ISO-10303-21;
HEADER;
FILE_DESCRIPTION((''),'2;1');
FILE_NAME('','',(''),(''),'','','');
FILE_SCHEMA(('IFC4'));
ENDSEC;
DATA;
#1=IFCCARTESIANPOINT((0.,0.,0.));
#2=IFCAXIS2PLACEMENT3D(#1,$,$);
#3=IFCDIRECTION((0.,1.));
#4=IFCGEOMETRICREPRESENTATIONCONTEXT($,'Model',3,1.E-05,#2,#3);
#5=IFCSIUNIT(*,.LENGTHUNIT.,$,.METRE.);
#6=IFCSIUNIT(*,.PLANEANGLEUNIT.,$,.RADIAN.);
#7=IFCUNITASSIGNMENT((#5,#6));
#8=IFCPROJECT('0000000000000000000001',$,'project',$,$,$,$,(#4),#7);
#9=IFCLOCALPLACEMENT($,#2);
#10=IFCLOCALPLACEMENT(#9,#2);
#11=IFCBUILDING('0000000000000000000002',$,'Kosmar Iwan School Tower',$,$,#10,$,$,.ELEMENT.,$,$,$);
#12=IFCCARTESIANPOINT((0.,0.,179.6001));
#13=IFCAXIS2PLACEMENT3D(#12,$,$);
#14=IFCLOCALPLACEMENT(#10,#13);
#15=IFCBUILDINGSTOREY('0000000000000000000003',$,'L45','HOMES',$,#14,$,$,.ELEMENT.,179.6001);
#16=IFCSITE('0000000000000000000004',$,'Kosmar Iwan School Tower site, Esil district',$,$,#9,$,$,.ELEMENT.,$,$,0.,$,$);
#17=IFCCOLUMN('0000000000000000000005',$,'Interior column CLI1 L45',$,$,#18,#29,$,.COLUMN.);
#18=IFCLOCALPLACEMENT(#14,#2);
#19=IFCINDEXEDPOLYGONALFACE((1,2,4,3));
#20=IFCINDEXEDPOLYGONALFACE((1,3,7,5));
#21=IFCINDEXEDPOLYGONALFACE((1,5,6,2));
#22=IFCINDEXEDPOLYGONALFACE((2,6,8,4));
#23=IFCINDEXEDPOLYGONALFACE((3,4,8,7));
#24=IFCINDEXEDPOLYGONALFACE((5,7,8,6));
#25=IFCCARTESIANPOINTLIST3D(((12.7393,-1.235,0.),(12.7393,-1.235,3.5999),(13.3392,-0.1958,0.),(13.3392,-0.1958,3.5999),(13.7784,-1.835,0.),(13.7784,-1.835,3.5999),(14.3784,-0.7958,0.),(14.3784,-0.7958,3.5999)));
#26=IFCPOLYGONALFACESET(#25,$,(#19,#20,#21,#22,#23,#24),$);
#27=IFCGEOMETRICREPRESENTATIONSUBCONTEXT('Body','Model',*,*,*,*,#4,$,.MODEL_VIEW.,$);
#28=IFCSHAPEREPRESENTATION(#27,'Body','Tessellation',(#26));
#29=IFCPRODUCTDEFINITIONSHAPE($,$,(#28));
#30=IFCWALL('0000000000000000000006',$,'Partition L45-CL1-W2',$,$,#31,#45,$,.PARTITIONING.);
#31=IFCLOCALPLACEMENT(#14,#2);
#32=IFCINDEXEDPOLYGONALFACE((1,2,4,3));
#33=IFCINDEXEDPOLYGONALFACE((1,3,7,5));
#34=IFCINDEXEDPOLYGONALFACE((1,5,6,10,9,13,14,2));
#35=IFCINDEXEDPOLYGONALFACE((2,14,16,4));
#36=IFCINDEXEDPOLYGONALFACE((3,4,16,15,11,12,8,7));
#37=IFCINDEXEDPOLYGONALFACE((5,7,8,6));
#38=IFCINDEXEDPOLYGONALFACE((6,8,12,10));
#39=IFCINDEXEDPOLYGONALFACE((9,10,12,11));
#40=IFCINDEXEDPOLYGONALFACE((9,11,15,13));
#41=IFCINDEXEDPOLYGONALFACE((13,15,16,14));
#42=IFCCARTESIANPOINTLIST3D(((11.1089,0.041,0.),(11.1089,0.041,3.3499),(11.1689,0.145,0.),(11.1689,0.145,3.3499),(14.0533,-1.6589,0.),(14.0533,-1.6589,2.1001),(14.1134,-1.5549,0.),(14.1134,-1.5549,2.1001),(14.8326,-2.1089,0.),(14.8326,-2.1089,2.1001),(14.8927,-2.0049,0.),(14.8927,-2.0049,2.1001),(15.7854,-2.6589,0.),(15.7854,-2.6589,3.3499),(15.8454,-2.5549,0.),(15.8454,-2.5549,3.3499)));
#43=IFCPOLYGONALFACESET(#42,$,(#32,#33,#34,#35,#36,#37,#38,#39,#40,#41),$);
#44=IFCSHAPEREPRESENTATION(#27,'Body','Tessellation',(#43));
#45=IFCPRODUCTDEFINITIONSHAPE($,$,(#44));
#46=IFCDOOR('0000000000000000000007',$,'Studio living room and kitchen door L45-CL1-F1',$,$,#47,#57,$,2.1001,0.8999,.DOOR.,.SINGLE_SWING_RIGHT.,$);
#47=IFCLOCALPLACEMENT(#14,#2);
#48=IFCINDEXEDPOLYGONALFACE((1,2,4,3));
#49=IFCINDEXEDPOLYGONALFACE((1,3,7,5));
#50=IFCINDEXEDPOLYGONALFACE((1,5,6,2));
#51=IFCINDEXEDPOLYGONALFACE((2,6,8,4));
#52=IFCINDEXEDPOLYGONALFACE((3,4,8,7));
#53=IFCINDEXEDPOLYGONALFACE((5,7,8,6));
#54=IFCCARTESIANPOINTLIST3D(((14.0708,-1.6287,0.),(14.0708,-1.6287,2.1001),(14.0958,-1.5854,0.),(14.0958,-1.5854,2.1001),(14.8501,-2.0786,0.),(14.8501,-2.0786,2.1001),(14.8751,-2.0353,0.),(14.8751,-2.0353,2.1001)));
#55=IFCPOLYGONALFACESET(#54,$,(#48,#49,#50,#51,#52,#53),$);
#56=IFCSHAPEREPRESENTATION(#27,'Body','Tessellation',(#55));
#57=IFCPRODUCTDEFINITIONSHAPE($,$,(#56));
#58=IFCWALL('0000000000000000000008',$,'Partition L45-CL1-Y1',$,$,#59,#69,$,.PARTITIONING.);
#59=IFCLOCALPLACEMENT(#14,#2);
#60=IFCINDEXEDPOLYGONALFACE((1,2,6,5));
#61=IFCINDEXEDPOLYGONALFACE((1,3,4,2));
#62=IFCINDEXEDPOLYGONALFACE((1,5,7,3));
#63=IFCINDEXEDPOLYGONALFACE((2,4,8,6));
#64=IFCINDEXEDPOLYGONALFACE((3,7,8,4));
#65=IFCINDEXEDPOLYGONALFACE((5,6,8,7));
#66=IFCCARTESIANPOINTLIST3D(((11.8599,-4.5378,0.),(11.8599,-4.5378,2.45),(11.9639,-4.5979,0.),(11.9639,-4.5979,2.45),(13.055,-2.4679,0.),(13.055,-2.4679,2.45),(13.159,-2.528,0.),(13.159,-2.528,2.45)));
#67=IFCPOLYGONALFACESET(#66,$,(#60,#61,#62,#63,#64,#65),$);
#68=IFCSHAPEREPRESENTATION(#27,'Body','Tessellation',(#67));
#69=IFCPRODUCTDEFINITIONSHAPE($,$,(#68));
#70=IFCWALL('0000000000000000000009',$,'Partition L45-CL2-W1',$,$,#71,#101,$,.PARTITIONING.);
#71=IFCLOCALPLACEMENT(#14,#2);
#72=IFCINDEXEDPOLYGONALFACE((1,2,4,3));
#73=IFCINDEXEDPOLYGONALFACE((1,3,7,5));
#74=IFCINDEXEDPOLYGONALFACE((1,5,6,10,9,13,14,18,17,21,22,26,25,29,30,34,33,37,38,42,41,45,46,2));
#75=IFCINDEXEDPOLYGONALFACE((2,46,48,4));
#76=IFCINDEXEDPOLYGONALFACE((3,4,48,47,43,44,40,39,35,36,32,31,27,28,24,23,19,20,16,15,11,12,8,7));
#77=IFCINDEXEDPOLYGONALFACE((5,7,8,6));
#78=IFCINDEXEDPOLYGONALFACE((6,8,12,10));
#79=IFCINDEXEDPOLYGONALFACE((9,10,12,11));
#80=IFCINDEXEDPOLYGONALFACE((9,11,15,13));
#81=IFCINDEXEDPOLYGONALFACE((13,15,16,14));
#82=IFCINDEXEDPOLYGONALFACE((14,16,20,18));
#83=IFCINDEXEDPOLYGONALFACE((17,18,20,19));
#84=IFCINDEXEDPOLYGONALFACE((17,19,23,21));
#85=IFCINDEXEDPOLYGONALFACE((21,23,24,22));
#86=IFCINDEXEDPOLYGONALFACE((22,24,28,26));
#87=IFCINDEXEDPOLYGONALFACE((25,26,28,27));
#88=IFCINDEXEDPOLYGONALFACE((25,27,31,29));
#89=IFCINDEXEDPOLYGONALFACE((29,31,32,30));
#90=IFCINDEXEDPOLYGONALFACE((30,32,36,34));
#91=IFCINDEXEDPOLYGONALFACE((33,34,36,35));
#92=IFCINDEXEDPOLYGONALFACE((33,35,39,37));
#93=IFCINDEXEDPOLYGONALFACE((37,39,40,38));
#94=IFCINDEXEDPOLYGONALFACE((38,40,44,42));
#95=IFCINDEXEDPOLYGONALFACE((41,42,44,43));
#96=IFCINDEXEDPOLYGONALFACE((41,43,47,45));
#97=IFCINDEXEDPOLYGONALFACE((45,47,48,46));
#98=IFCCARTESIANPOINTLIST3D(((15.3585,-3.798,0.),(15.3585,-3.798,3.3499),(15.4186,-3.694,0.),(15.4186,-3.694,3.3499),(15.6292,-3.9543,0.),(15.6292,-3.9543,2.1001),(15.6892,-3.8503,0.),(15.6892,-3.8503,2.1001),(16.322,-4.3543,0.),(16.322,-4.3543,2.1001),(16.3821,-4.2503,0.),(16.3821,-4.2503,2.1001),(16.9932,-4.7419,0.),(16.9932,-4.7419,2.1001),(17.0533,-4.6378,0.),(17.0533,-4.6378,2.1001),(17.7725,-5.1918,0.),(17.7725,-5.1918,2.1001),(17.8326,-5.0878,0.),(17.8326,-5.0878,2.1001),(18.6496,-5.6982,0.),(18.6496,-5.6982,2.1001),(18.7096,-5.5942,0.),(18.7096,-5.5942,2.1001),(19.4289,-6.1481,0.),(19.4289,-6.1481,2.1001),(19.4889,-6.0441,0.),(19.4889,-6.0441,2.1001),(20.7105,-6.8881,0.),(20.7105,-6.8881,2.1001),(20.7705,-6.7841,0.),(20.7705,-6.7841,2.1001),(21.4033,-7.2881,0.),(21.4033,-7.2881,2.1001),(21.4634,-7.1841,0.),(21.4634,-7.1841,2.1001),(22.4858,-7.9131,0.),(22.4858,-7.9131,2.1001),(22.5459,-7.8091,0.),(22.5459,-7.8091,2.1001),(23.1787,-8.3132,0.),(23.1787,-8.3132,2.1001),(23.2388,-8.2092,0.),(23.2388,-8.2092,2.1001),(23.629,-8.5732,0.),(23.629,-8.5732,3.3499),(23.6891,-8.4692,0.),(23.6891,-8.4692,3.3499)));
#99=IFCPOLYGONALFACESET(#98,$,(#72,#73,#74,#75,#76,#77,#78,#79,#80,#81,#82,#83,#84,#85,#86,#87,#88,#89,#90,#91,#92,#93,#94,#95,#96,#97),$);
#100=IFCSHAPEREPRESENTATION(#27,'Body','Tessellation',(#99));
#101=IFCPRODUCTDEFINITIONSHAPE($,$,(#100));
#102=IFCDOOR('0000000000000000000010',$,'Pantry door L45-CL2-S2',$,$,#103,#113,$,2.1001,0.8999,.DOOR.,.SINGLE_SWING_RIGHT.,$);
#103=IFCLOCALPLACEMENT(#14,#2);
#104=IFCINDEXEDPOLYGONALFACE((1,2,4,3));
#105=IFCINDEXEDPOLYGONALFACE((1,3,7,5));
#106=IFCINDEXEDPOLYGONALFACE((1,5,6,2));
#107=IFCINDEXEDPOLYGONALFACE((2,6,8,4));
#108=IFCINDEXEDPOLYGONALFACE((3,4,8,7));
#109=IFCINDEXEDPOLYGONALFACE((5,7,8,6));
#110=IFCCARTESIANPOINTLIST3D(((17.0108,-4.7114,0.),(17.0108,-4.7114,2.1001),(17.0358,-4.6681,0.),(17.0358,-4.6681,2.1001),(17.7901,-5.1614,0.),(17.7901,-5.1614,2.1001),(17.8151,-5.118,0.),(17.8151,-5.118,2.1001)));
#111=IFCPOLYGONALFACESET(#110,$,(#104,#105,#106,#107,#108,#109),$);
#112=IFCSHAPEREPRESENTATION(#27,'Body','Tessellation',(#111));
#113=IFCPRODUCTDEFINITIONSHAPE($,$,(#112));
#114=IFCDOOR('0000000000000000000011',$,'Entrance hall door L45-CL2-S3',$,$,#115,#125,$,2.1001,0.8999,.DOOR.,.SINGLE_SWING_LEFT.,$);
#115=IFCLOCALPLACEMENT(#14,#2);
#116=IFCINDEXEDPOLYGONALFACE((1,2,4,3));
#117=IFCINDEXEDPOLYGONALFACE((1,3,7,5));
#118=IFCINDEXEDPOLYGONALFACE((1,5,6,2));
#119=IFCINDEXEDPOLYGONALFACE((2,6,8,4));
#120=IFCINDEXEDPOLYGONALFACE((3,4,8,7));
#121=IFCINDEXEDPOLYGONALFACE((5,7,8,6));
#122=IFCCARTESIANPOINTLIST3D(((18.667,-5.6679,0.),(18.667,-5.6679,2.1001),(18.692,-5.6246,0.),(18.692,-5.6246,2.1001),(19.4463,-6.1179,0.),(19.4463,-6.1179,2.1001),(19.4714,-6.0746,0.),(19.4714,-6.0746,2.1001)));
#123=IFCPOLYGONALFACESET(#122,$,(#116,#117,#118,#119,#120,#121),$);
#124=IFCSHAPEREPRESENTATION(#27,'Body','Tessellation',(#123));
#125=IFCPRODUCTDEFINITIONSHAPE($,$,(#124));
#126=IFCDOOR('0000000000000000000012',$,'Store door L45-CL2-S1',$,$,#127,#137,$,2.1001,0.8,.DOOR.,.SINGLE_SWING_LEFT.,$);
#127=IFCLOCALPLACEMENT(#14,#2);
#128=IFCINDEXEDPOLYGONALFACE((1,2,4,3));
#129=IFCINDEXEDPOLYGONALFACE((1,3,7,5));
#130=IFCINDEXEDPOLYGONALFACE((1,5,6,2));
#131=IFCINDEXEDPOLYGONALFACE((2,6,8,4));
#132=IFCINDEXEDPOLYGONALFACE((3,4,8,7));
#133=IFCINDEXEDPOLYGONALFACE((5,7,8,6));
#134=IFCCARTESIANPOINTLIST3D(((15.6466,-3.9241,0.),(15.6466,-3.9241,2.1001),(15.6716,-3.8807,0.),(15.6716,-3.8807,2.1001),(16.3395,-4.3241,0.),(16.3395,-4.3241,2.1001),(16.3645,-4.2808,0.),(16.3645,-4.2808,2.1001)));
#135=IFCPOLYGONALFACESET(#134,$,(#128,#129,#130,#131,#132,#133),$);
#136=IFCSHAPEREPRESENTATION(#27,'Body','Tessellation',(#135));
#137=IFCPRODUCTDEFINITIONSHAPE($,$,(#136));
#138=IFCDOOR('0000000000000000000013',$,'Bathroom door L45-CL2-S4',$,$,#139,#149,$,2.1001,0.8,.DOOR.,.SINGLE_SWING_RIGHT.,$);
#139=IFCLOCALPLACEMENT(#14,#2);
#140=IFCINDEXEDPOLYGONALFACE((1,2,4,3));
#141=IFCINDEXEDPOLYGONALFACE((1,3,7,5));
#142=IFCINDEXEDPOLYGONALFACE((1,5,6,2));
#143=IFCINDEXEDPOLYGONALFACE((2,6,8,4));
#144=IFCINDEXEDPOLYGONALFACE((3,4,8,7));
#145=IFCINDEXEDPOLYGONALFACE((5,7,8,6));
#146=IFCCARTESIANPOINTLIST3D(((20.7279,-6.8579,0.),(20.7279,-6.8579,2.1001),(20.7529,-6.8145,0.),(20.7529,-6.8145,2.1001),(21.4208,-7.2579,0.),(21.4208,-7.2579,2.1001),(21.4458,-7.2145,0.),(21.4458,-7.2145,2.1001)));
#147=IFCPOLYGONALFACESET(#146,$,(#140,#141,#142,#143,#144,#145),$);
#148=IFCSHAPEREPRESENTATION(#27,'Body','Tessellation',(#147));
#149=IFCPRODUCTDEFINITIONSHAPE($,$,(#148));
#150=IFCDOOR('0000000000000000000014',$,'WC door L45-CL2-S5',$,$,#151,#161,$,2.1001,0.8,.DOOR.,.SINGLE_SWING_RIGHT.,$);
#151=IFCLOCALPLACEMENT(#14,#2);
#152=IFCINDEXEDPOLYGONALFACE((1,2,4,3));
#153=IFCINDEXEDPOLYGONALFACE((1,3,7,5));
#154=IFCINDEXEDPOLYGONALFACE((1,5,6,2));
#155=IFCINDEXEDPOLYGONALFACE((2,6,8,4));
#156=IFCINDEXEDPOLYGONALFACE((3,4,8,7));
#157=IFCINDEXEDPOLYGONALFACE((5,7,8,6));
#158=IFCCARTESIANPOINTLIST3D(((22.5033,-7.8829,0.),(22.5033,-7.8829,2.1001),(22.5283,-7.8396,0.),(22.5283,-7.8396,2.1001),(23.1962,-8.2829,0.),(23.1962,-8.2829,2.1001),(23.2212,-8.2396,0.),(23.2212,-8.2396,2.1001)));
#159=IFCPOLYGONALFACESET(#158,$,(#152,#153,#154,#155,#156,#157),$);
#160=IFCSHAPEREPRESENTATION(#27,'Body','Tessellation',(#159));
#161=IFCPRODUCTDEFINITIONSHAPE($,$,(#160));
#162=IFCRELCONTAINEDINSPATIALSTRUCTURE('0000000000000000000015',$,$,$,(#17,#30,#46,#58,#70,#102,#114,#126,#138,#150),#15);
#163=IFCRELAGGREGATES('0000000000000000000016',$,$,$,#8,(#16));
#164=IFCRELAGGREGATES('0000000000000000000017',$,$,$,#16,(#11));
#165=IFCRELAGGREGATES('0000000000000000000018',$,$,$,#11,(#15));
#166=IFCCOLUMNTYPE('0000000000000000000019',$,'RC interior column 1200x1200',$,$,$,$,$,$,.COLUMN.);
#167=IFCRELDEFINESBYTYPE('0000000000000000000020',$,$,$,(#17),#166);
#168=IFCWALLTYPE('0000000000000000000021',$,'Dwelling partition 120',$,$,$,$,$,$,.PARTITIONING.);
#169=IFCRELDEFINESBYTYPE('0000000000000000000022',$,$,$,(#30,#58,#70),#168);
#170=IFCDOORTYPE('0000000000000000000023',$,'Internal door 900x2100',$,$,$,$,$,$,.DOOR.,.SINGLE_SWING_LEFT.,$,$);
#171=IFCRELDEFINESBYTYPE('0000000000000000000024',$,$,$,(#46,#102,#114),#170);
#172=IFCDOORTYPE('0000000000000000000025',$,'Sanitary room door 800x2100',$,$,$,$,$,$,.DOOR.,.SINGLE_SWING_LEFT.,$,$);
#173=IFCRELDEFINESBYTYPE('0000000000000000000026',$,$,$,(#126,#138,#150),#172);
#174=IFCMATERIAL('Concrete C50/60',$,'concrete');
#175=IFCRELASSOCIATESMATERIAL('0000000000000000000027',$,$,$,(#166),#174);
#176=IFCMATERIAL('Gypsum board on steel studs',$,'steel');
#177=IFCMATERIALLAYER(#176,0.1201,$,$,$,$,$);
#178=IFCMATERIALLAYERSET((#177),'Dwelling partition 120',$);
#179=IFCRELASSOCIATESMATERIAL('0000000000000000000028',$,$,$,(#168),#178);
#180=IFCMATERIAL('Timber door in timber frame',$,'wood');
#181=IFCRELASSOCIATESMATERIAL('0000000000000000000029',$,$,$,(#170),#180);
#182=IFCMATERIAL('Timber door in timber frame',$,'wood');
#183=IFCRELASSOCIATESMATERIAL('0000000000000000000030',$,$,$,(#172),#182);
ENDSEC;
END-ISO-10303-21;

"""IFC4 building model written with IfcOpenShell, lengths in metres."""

from ifc_helpers import new_model, si_unit, direction, frame, frame_2d, origin, origin_2d, place, context, subcontext, project, spatial, rectangle, extrude, material, layer, layer_set, material_profile, profile_set, type_object, element, fill, save


model = new_model("IFC4")

# Units and contexts
model_context = context("Model", 3, precision=1e-05, world=origin(), true_north=direction((0.0, 1.0)))
body_context = subcontext(model_context, "Body", "Model", "MODEL_VIEW")
ifc_project = project(units=[si_unit("LENGTHUNIT", "METRE"), si_unit("PLANEANGLEUNIT", "RADIAN")], contexts=[model_context])

# Site, building, storey
site_placement = place(None, origin())
site = spatial("IfcSite", under=ifc_project, at=site_placement, Name="Kosmar Iwan School Tower site, Esil district", CompositionType="ELEMENT", RefElevation=0.0)
building_placement = place(site_placement, origin())
building = spatial("IfcBuilding", under=site, at=building_placement, Name="Kosmar Iwan School Tower", CompositionType="ELEMENT")
storey_placement = place(building_placement, frame((0.0, 0.0, 179.6001)))
storey = spatial("IfcBuildingStorey", under=building, at=storey_placement, Name="L45", Description="HOMES", CompositionType="ELEMENT", Elevation=179.6001)

# Column
ifc_material_1 = material(Name="Concrete C50/60", Category="concrete")
ifc_material_profile = material_profile(ifc_material_1, rectangle(XDim=1.2, YDim=1.2, at=origin_2d()), Name="RC 1200x1200")
ifc_profile_set = profile_set([ifc_material_profile], Name="Concrete C50/60")
column_type = type_object("IfcColumnType", Name="RC interior column 1200x1200", PredefinedType="COLUMN", material=ifc_profile_set)
column_placement = place(storey_placement, frame((13.5588, -1.0154, 0.0), z_axis=(0.0, 0.0, 1.0), x_axis=(0.866025, -0.5, 0.0)))
element("IfcColumn", 1, at=column_placement, inside=storey, type_object=column_type, Name="Interior column CLI1 L45", PredefinedType="COLUMN", context=body_context, shape_type="SweptSolid", body=[
    extrude(rectangle(XDim=1.2, YDim=1.2, at=origin_2d()), origin(), (0.0, 0.0, 1.0), 3.5999),
])

# Wall, opening, door
ifc_material_2 = material(Name="Gypsum board on steel studs", Category="steel")
ifc_layer_1 = layer(ifc_material_2, 0.1201)
ifc_layer_set_1 = layer_set([ifc_layer_1], Name="Dwelling partition 120")
wall_type_1 = type_object("IfcWallType", Name="Dwelling partition 120", PredefinedType="PARTITIONING", material=ifc_layer_set_1)
wall_1_placement = place(storey_placement, frame((11.1389, 0.093, 0.0), z_axis=(0.0, 0.0, 1.0), x_axis=(0.866028, -0.499995, 0.0)))
wall_1 = element("IfcWall", 2, at=wall_1_placement, inside=storey, type_object=wall_type_1, Name="Partition L45-CL1-W2", PredefinedType="PARTITIONING", context=body_context, shape_type="SweptSolid", body=[
    extrude(rectangle(XDim=5.3999, YDim=0.1201, at=frame_2d((2.7, 0.0))), origin(), (0.0, 0.0, 1.0), 3.3499),
])
opening_1_placement = place(wall_1_placement, frame((3.3999, 0.0, 0.0)))
opening_1 = element("IfcOpeningElement", 3, at=opening_1_placement, cuts=wall_1, PredefinedType="OPENING", context=body_context, shape_type="SweptSolid", body=[
    extrude(rectangle(XDim=0.8999, YDim=2.1001, at=frame_2d((0.45, 1.05))), frame((0.0, 0.072, 0.0), z_axis=(0.0, -1.0, 0.0), x_axis=(1.0, 0.0, 0.0)), (0.0, 0.0, 1.0), 0.144),
])
ifc_material_3 = material(Name="Timber door in timber frame", Category="wood")
door_type_1 = type_object("IfcDoorType", Name="Internal door 900x2100", OperationType="SINGLE_SWING_LEFT", PredefinedType="DOOR", material=ifc_material_3)
door_1_placement = place(opening_1_placement, origin())
door_1 = element("IfcDoor", 4, at=door_1_placement, inside=storey, type_object=door_type_1, Name="Studio living room and kitchen door L45-CL1-F1", OperationType="SINGLE_SWING_RIGHT", OverallHeight=2.1001, OverallWidth=0.8999, PredefinedType="DOOR", context=body_context, shape_type="SweptSolid", body=[
    extrude(rectangle(XDim=0.8999, YDim=2.1001, at=frame_2d((0.45, 1.05))), frame((0.0, 0.0249, 0.0), z_axis=(0.0, -1.0, 0.0), x_axis=(1.0, 0.0, 0.0)), (0.0, 0.0, 1.0), 0.05),
])
fill(opening_1, door_1)

# Wall
wall_2_placement = place(storey_placement, frame((11.9119, -4.5679, 0.0), z_axis=(0.0, 0.0, 1.0), x_axis=(0.500017, 0.866015, 0.0)))
element("IfcWall", 5, at=wall_2_placement, inside=storey, type_object=wall_type_1, Name="Partition L45-CL1-Y1", PredefinedType="PARTITIONING", context=body_context, shape_type="SweptSolid", body=[
    extrude(rectangle(XDim=2.3901, YDim=0.1201, at=frame_2d((1.1951, 0.0))), origin(), (0.0, 0.0, 1.0), 2.45),
])

# Wall, openings, doors
wall_3_placement = place(storey_placement, frame((15.3887, -3.7461, 0.0), z_axis=(0.0, 0.0, 1.0), x_axis=(0.866018, -0.500013, 0.0)))
wall_3 = element("IfcWall", 6, at=wall_3_placement, inside=storey, type_object=wall_type_1, Name="Partition L45-CL2-W1", PredefinedType="PARTITIONING", context=body_context, shape_type="SweptSolid", body=[
    extrude(rectangle(XDim=9.55, YDim=0.1201, at=frame_2d((4.7749, 0.0))), origin(), (0.0, 0.0, 1.0), 3.3499),
])
opening_2_placement = place(wall_3_placement, frame((0.3125, 0.0, 0.0)))
opening_2 = element("IfcOpeningElement", 7, at=opening_2_placement, cuts=wall_3, PredefinedType="OPENING", context=body_context, shape_type="SweptSolid", body=[
    extrude(rectangle(XDim=0.8, YDim=2.1001, at=frame_2d((0.3999, 1.05))), frame((0.0, 0.072, 0.0), z_axis=(0.0, -1.0, 0.0), x_axis=(1.0, 0.0, 0.0)), (0.0, 0.0, 1.0), 0.144),
])
opening_3_placement = place(wall_3_placement, frame((1.8875, 0.0, 0.0)))
opening_3 = element("IfcOpeningElement", 8, at=opening_3_placement, cuts=wall_3, PredefinedType="OPENING", context=body_context, shape_type="SweptSolid", body=[
    extrude(rectangle(XDim=0.8999, YDim=2.1001, at=frame_2d((0.45, 1.05))), frame((0.0, 0.072, 0.0), z_axis=(0.0, -1.0, 0.0), x_axis=(1.0, 0.0, 0.0)), (0.0, 0.0, 1.0), 0.144),
])
opening_4_placement = place(wall_3_placement, frame((3.8, 0.0, 0.0)))
opening_4 = element("IfcOpeningElement", 9, at=opening_4_placement, cuts=wall_3, PredefinedType="OPENING", context=body_context, shape_type="SweptSolid", body=[
    extrude(rectangle(XDim=0.8999, YDim=2.1001, at=frame_2d((0.45, 1.05))), frame((0.0, 0.072, 0.0), z_axis=(0.0, -1.0, 0.0), x_axis=(1.0, 0.0, 0.0)), (0.0, 0.0, 1.0), 0.144),
])
opening_5_placement = place(wall_3_placement, frame((6.1799, 0.0, 0.0)))
opening_5 = element("IfcOpeningElement", 10, at=opening_5_placement, cuts=wall_3, PredefinedType="OPENING", context=body_context, shape_type="SweptSolid", body=[
    extrude(rectangle(XDim=0.8, YDim=2.1001, at=frame_2d((0.3999, 1.05))), frame((0.0, 0.072, 0.0), z_axis=(0.0, -1.0, 0.0), x_axis=(1.0, 0.0, 0.0)), (0.0, 0.0, 1.0), 0.144),
])
opening_6_placement = place(wall_3_placement, frame((8.23, 0.0, 0.0)))
opening_6 = element("IfcOpeningElement", 11, at=opening_6_placement, cuts=wall_3, PredefinedType="OPENING", context=body_context, shape_type="SweptSolid", body=[
    extrude(rectangle(XDim=0.8, YDim=2.1001, at=frame_2d((0.3999, 1.05))), frame((0.0, 0.072, 0.0), z_axis=(0.0, -1.0, 0.0), x_axis=(1.0, 0.0, 0.0)), (0.0, 0.0, 1.0), 0.144),
])
door_2_placement = place(opening_3_placement, frame((0.8999, 0.0, 0.0), z_axis=(0.0, 0.0, 1.0), x_axis=(-1.0, 0.0, 0.0)))
door_2 = element("IfcDoor", 12, at=door_2_placement, inside=storey, type_object=door_type_1, Name="Pantry door L45-CL2-S2", OperationType="SINGLE_SWING_RIGHT", OverallHeight=2.1001, OverallWidth=0.8999, PredefinedType="DOOR", context=body_context, shape_type="SweptSolid", body=[
    extrude(rectangle(XDim=0.8999, YDim=2.1001, at=frame_2d((0.45, 1.05))), frame((0.0, 0.0249, 0.0), z_axis=(0.0, -1.0, 0.0), x_axis=(1.0, 0.0, 0.0)), (0.0, 0.0, 1.0), 0.05),
])
fill(opening_3, door_2)
door_3_placement = place(opening_4_placement, origin())
door_3 = element("IfcDoor", 13, at=door_3_placement, inside=storey, type_object=door_type_1, Name="Entrance hall door L45-CL2-S3", OperationType="SINGLE_SWING_LEFT", OverallHeight=2.1001, OverallWidth=0.8999, PredefinedType="DOOR", context=body_context, shape_type="SweptSolid", body=[
    extrude(rectangle(XDim=0.8999, YDim=2.1001, at=frame_2d((0.45, 1.05))), frame((0.0, 0.0249, 0.0), z_axis=(0.0, -1.0, 0.0), x_axis=(1.0, 0.0, 0.0)), (0.0, 0.0, 1.0), 0.05),
])
fill(opening_4, door_3)
ifc_material_4 = material(Name="Timber door in timber frame", Category="wood")
door_type_2 = type_object("IfcDoorType", Name="Sanitary room door 800x2100", OperationType="SINGLE_SWING_LEFT", PredefinedType="DOOR", material=ifc_material_4)
door_4_placement = place(opening_2_placement, origin())
door_4 = element("IfcDoor", 14, at=door_4_placement, inside=storey, type_object=door_type_2, Name="Store door L45-CL2-S1", OperationType="SINGLE_SWING_LEFT", OverallHeight=2.1001, OverallWidth=0.8, PredefinedType="DOOR", context=body_context, shape_type="SweptSolid", body=[
    extrude(rectangle(XDim=0.8, YDim=2.1001, at=frame_2d((0.3999, 1.05))), frame((0.0, 0.0249, 0.0), z_axis=(0.0, -1.0, 0.0), x_axis=(1.0, 0.0, 0.0)), (0.0, 0.0, 1.0), 0.05),
])
fill(opening_2, door_4)
door_5_placement = place(opening_5_placement, origin())
door_5 = element("IfcDoor", 15, at=door_5_placement, inside=storey, type_object=door_type_2, Name="Bathroom door L45-CL2-S4", OperationType="SINGLE_SWING_RIGHT", OverallHeight=2.1001, OverallWidth=0.8, PredefinedType="DOOR", context=body_context, shape_type="SweptSolid", body=[
    extrude(rectangle(XDim=0.8, YDim=2.1001, at=frame_2d((0.3999, 1.05))), frame((0.0, 0.0249, 0.0), z_axis=(0.0, -1.0, 0.0), x_axis=(1.0, 0.0, 0.0)), (0.0, 0.0, 1.0), 0.05),
])
fill(opening_5, door_5)
door_6_placement = place(opening_6_placement, origin())
door_6 = element("IfcDoor", 16, at=door_6_placement, inside=storey, type_object=door_type_2, Name="WC door L45-CL2-S5", OperationType="SINGLE_SWING_RIGHT", OverallHeight=2.1001, OverallWidth=0.8, PredefinedType="DOOR", context=body_context, shape_type="SweptSolid", body=[
    extrude(rectangle(XDim=0.8, YDim=2.1001, at=frame_2d((0.3999, 1.05))), frame((0.0, 0.0249, 0.0), z_axis=(0.0, -1.0, 0.0), x_axis=(1.0, 0.0, 0.0)), (0.0, 0.0, 1.0), 0.05),
])
fill(opening_6, door_6)

save(model, "model.ifc")
